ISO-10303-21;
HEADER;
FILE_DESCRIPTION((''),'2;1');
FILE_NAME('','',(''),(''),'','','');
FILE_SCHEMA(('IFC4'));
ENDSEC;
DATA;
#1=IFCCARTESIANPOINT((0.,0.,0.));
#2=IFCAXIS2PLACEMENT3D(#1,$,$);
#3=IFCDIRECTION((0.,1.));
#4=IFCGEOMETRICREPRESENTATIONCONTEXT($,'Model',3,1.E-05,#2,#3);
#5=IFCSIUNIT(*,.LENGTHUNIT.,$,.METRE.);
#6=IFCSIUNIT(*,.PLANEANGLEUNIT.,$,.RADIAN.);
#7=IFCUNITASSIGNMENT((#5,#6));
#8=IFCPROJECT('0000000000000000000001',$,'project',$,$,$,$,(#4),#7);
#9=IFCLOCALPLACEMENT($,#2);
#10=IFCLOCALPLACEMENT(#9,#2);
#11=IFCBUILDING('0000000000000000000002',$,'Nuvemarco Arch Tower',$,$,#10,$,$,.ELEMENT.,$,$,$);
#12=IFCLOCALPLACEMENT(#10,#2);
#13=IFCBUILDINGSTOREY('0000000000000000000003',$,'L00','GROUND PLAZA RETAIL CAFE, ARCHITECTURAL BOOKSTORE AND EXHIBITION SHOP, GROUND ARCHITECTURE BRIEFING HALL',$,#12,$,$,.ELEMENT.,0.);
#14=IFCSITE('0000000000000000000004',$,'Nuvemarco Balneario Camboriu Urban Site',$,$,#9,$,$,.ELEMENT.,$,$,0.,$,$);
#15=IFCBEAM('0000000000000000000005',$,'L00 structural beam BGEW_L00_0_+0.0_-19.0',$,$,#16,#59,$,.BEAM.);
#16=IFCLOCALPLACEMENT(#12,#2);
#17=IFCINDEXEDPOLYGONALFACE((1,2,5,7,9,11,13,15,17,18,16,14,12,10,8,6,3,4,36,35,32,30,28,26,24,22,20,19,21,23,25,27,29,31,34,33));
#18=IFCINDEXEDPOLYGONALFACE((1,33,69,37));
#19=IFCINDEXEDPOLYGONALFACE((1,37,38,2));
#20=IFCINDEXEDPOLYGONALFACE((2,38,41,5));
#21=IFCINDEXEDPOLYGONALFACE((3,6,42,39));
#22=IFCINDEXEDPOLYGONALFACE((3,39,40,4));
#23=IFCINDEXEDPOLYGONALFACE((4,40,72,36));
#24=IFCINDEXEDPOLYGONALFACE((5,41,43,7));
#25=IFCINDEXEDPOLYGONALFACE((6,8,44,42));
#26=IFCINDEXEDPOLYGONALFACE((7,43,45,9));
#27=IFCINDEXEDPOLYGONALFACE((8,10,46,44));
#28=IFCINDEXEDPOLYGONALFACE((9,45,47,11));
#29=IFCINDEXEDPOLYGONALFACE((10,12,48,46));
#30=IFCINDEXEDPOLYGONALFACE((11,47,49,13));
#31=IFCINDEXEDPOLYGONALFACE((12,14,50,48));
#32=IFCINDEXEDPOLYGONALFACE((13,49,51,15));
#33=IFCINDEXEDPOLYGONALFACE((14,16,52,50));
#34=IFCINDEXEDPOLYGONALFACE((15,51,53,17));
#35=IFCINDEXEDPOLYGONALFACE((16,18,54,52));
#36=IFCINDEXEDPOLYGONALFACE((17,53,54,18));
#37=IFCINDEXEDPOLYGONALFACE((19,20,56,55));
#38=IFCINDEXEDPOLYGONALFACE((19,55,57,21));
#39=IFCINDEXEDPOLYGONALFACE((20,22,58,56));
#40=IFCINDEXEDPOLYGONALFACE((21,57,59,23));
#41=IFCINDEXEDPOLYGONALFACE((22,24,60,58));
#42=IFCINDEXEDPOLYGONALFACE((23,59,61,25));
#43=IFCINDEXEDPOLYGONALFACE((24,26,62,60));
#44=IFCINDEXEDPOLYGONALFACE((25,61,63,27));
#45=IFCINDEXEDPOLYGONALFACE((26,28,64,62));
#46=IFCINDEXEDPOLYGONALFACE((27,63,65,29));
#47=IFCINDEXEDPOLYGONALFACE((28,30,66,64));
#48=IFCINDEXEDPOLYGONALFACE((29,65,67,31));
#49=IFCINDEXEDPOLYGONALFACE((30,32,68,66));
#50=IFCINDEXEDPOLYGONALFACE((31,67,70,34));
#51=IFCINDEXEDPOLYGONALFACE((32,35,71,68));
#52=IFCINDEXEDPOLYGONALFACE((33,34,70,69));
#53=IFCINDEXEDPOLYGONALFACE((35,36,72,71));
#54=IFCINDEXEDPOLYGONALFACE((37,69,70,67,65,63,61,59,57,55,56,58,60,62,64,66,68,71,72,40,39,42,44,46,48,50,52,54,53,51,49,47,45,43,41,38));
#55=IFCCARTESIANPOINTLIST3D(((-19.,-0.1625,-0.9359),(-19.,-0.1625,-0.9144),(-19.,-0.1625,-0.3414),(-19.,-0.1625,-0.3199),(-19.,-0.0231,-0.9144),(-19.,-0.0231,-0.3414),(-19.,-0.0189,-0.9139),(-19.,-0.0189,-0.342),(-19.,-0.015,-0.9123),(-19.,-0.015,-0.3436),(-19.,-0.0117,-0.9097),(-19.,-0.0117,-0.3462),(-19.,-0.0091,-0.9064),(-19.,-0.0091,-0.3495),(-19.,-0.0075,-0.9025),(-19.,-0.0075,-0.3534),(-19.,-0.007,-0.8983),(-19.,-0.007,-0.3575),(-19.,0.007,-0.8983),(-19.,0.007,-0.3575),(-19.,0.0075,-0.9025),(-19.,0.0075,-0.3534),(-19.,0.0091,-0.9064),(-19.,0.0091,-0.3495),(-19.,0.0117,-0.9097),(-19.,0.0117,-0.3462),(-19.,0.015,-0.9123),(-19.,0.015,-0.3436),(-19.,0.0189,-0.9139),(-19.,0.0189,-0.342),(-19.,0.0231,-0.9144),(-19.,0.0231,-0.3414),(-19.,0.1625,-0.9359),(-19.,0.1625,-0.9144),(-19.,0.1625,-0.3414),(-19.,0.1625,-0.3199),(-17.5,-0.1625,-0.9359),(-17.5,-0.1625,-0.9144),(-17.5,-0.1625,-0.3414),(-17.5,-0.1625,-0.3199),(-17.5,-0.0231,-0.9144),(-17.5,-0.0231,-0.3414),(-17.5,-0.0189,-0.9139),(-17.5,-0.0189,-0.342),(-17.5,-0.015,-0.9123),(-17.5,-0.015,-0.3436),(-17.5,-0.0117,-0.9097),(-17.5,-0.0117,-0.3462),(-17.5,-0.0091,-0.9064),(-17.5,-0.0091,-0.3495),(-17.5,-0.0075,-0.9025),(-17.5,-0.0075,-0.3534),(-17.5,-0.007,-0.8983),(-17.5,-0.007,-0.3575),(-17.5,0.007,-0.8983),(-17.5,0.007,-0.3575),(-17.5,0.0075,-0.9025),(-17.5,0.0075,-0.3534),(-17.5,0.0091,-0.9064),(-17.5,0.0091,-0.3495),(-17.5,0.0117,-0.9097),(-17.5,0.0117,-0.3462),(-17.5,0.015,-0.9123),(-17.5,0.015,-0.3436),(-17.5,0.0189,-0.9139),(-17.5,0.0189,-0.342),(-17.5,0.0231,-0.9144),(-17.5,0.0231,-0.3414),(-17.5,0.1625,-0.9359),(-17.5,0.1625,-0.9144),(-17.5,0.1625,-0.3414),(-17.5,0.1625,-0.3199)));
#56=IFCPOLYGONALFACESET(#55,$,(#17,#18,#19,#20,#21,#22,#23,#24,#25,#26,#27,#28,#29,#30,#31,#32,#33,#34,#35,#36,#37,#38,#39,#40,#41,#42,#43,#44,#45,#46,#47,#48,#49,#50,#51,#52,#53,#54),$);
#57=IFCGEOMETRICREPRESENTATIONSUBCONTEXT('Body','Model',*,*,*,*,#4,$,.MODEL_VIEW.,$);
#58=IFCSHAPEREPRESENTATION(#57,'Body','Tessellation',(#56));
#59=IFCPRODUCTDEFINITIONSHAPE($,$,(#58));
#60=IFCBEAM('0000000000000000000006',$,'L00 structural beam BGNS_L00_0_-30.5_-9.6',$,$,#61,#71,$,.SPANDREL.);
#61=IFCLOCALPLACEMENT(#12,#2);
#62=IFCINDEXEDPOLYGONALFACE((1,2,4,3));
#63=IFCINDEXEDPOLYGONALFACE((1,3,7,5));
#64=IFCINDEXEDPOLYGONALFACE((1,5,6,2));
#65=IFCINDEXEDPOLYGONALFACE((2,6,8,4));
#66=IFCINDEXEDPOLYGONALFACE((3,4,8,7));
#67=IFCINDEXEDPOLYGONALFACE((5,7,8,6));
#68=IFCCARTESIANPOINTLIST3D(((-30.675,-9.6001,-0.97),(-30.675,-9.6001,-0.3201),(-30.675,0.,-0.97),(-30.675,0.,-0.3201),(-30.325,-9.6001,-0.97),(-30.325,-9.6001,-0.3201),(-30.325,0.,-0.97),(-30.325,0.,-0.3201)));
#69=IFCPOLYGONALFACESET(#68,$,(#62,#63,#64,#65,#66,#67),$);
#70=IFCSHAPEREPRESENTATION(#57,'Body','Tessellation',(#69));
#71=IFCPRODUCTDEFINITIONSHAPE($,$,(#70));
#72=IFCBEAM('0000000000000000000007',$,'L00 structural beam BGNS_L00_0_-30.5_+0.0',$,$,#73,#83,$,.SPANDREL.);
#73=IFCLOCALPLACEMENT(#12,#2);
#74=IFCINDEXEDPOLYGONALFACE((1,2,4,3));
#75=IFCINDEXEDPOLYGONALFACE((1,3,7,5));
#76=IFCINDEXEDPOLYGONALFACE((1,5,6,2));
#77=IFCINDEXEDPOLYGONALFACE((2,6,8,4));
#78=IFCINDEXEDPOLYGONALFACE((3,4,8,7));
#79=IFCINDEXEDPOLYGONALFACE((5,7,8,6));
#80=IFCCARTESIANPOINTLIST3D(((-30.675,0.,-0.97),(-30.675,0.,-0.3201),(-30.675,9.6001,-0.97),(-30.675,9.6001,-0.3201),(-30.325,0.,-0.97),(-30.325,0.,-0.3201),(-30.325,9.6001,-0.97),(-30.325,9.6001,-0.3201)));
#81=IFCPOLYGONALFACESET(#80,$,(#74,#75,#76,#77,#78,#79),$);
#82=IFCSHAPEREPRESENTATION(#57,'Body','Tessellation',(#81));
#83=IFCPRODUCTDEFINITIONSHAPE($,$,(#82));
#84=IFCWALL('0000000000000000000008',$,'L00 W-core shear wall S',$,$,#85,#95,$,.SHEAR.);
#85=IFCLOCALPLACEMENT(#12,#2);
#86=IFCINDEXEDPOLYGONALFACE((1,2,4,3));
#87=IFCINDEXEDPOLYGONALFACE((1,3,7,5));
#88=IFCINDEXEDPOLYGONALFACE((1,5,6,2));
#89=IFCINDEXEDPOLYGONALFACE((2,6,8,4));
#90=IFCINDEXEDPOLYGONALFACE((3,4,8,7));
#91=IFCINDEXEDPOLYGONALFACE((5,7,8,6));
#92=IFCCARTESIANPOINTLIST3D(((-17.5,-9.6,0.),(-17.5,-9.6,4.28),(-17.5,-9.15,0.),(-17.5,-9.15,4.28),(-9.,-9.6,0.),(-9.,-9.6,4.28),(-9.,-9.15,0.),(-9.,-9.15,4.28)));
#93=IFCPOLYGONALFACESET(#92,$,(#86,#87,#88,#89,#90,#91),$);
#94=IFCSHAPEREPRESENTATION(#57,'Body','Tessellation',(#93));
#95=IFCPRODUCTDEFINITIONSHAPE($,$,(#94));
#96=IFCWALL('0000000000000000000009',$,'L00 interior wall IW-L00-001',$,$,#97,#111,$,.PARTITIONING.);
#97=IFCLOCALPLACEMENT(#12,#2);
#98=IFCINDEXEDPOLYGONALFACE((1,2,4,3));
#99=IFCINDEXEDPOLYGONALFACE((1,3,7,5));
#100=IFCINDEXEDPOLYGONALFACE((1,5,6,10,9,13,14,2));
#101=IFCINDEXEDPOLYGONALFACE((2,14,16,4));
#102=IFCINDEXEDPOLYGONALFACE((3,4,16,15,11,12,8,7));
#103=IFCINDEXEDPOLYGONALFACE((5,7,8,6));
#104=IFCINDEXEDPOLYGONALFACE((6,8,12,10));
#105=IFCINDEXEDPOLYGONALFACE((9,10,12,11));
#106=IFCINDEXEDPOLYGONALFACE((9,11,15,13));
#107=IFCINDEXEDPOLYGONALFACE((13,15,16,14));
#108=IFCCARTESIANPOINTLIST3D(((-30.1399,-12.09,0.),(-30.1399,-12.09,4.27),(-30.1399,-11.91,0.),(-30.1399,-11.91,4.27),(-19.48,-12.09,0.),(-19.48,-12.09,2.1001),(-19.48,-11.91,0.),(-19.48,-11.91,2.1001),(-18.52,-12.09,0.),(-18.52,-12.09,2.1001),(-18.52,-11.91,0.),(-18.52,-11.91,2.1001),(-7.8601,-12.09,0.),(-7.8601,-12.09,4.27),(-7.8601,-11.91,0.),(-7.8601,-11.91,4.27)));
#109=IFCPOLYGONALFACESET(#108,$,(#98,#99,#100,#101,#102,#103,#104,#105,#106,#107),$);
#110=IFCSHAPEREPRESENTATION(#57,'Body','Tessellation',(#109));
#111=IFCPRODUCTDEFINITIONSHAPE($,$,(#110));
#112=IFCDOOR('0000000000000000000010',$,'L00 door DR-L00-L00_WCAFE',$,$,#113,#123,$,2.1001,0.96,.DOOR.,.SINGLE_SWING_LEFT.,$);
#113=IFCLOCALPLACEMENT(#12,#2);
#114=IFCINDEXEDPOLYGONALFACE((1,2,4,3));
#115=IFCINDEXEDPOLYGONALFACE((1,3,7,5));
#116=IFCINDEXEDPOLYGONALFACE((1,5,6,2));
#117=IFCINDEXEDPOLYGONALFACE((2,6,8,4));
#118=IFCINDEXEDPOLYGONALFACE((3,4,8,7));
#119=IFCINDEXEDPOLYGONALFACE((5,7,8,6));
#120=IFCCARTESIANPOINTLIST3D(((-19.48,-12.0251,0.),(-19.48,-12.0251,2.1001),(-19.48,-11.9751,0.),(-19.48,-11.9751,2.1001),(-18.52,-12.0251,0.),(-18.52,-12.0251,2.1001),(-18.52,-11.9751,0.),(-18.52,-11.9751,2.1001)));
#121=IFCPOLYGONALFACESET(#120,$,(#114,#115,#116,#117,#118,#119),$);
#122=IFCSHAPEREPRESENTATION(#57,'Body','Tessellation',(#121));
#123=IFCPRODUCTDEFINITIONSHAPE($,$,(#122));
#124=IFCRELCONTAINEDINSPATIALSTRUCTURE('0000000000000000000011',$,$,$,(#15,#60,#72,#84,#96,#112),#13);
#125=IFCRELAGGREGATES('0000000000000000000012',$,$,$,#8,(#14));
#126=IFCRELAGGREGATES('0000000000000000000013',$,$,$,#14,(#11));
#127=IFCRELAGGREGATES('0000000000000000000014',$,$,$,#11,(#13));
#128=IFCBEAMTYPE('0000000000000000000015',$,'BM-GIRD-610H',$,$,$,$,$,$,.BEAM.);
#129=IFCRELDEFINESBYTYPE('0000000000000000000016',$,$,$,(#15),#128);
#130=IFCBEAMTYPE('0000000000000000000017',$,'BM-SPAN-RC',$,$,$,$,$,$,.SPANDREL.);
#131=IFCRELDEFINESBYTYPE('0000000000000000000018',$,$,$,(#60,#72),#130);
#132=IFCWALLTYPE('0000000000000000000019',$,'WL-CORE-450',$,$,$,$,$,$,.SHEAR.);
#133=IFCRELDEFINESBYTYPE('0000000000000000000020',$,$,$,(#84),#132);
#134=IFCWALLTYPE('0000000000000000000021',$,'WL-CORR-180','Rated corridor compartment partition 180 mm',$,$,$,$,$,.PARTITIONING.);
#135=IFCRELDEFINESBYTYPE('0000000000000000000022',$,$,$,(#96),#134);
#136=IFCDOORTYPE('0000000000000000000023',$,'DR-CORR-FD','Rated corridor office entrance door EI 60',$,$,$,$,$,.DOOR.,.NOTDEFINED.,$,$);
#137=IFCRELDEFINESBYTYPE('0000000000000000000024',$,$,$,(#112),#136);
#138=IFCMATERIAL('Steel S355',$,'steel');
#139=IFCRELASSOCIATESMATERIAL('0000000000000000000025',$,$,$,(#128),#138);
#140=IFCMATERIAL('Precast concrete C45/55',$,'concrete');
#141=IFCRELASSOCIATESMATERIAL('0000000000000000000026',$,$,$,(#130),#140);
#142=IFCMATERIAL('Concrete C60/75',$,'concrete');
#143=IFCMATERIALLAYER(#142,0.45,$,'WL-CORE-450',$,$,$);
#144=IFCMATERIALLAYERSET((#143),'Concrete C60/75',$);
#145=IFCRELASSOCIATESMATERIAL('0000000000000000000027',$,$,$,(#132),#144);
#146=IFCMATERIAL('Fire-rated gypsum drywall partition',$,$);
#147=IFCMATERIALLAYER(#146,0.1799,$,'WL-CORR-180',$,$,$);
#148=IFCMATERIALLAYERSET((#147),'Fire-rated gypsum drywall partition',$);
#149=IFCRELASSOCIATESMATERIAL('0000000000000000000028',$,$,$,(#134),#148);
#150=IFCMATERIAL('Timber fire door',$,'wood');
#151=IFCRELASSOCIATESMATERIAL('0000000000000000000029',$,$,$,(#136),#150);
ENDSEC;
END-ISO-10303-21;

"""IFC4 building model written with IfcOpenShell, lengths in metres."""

from ifc_helpers import new_model, si_unit, direction, frame, frame_2d, origin, origin_2d, place, context, subcontext, project, spatial, rectangle, i_section, extrude, source, transform, mapped, material, layer, layer_set, material_profile, profile_set, type_object, type_shapes, element, fill, save


model = new_model("IFC4")

# Units and contexts
model_context = context("Model", 3, precision=1e-05, world=origin(), true_north=direction((0.0, 1.0)))
body_context = subcontext(model_context, "Body", "Model", "MODEL_VIEW")
ifc_project = project(units=[si_unit("LENGTHUNIT", "METRE"), si_unit("PLANEANGLEUNIT", "RADIAN")], contexts=[model_context])

# Site, building, storey
site_placement = place(None, origin())
site = spatial("IfcSite", under=ifc_project, at=site_placement, Name="Nuvemarco Balneario Camboriu Urban Site", CompositionType="ELEMENT", RefElevation=0.0)
building_placement = place(site_placement, origin())
building = spatial("IfcBuilding", under=site, at=building_placement, Name="Nuvemarco Arch Tower", CompositionType="ELEMENT")
storey_placement = place(building_placement, origin())
storey = spatial("IfcBuildingStorey", under=building, at=storey_placement, Name="L00", Description="GROUND PLAZA RETAIL CAFE, ARCHITECTURAL BOOKSTORE AND EXHIBITION SHOP, GROUND ARCHITECTURE BRIEFING HALL", CompositionType="ELEMENT", Elevation=0.0)

# Shared definitions
ifc_material_1 = material(Name="Concrete C60/75", Category="concrete")

# Beams
ifc_material_2 = material(Name="Steel S355", Category="steel")
ifc_material_profile_1 = material_profile(ifc_material_2, i_section(OverallWidth=0.325, OverallDepth=0.616, WebThickness=0.0139, FlangeThickness=0.0215, FilletRadius=0.0161, at=origin_2d()), Name="W610x174")
ifc_profile_set_1 = profile_set([ifc_material_profile_1], Name="Steel S355")
beam_type_1 = type_object("IfcBeamType", Name="BM-GIRD-610H", PredefinedType="BEAM", material=ifc_profile_set_1)
beam_1_placement = place(storey_placement, frame((-19.0, 0.0, -0.6279), z_axis=(1.0, 0.0, 0.0), x_axis=(0.0, 1.0, 0.0)))
element("IfcBeam", 1, at=beam_1_placement, inside=storey, type_object=beam_type_1, Name="L00 structural beam BGEW_L00_0_+0.0_-19.0", PredefinedType="BEAM", context=body_context, shape_type="SweptSolid", body=[
    extrude(i_section(OverallWidth=0.325, OverallDepth=0.616, WebThickness=0.0139, FlangeThickness=0.0215, FilletRadius=0.0161, at=origin_2d()), origin(), (0.0, 0.0, 1.0), 1.5),
])
ifc_material_3 = material(Name="Precast concrete C45/55", Category="concrete")
ifc_material_profile_2 = material_profile(ifc_material_3, rectangle(XDim=0.3501, YDim=0.6499, at=origin_2d()), Name="PC-SP-350x650")
ifc_profile_set_2 = profile_set([ifc_material_profile_2], Name="Precast concrete C45/55")
beam_type_2 = type_object("IfcBeamType", Name="BM-SPAN-RC", PredefinedType="SPANDREL", material=ifc_profile_set_2)
for number, where, z_axis, x_axis, name in (
    (2, (-30.5, -9.6001, -0.645), (0.0, 1.0, 0.0), (-1.0, 0.0, 0.0), "L00 structural beam BGNS_L00_0_-30.5_-9.6"),
    (3, (-30.5, 0.0, -0.645), (0.0, 1.0, 0.0), (-1.0, 0.0, 0.0), "L00 structural beam BGNS_L00_0_-30.5_+0.0"),
):
    element("IfcBeam", number, at=place(storey_placement, frame(where, z_axis=z_axis, x_axis=x_axis)), inside=storey, type_object=beam_type_2, Name=name, PredefinedType="SPANDREL", context=body_context, shape_type="SweptSolid", body=[
        extrude(rectangle(XDim=0.3501, YDim=0.6499, at=origin_2d()), origin(), (0.0, 0.0, 1.0), 9.6001),
    ])

# Wall
ifc_layer_1 = layer(ifc_material_1, 0.45, Name="WL-CORE-450")
ifc_layer_set_1 = layer_set([ifc_layer_1], Name="Concrete C60/75")
wall_type_1 = type_object("IfcWallType", Name="WL-CORE-450", PredefinedType="SHEAR", material=ifc_layer_set_1)
wall_1_placement = place(storey_placement, frame((-17.5, -9.375, 0.0), z_axis=(0.0, 0.0, 1.0), x_axis=(1.0, 0.0, 0.0)))
element("IfcWall", 4, at=wall_1_placement, inside=storey, type_object=wall_type_1, Name="L00 W-core shear wall S", PredefinedType="SHEAR", context=body_context, shape_type="SweptSolid", body=[
    extrude(rectangle(XDim=8.5, YDim=0.45, at=frame_2d((4.25, 0.0))), origin(), (0.0, 0.0, 1.0), 4.28),
])

# Wall, opening, door
ifc_material_4 = material(Name="Fire-rated gypsum drywall partition")
ifc_layer_2 = layer(ifc_material_4, 0.1799, Name="WL-CORR-180")
ifc_layer_set_2 = layer_set([ifc_layer_2], Name="Fire-rated gypsum drywall partition")
wall_type_2 = type_object("IfcWallType", Name="WL-CORR-180", Description="Rated corridor compartment partition 180 mm", PredefinedType="PARTITIONING", material=ifc_layer_set_2)
wall_2_placement = place(storey_placement, frame((-30.1399, -12.0, 0.0), z_axis=(0.0, 0.0, 1.0), x_axis=(1.0, 0.0, 0.0)))
wall_2 = element("IfcWall", 5, at=wall_2_placement, inside=storey, type_object=wall_type_2, Name="L00 interior wall IW-L00-001", PredefinedType="PARTITIONING", context=body_context, shape_type="SweptSolid", body=[
    extrude(rectangle(XDim=22.2798, YDim=0.1799, at=frame_2d((11.1399, 0.0))), origin(), (0.0, 0.0, 1.0), 4.27),
])
opening_placement = place(wall_2_placement, frame((10.6599, 0.0, 0.0)))
opening = element("IfcOpeningElement", 6, at=opening_placement, cuts=wall_2, PredefinedType="OPENING", context=body_context, shape_type="SweptSolid", body=[
    extrude(rectangle(XDim=0.96, YDim=2.1001, at=frame_2d((0.48, 1.05))), frame((0.0, 0.0999, 0.0), z_axis=(0.0, -1.0, 0.0), x_axis=(1.0, 0.0, 0.0)), (0.0, 0.0, 1.0), 0.2),
])
ifc_material_5 = material(Name="Timber fire door", Category="wood")
door_type = type_object("IfcDoorType", Name="DR-CORR-FD", Description="Rated corridor office entrance door EI 60", OperationType="NOTDEFINED", PredefinedType="DOOR", material=ifc_material_5)
shared_shape = source(origin(), body_context, "Body", "SweptSolid", [
    extrude(rectangle(XDim=0.96, YDim=2.1001, at=frame_2d((0.48, 1.05))), frame((0.0, 0.0249, 0.0), z_axis=(0.0, -1.0, 0.0), x_axis=(1.0, 0.0, 0.0)), (0.0, 0.0, 1.0), 0.05),
])
type_shapes(door_type, [shared_shape])
door_placement = place(opening_placement, origin())
door = element("IfcDoor", 7, at=door_placement, inside=storey, type_object=door_type, Name="L00 door DR-L00-L00_WCAFE", OperationType="SINGLE_SWING_LEFT", OverallHeight=2.1001, OverallWidth=0.96, PredefinedType="DOOR", context=body_context, shape_type="MappedRepresentation", body=[
    mapped(shared_shape, transform((0.0, 0.0, 0.0), scale=1.0)),
])
fill(opening, door)

save(model, "model.ifc")
